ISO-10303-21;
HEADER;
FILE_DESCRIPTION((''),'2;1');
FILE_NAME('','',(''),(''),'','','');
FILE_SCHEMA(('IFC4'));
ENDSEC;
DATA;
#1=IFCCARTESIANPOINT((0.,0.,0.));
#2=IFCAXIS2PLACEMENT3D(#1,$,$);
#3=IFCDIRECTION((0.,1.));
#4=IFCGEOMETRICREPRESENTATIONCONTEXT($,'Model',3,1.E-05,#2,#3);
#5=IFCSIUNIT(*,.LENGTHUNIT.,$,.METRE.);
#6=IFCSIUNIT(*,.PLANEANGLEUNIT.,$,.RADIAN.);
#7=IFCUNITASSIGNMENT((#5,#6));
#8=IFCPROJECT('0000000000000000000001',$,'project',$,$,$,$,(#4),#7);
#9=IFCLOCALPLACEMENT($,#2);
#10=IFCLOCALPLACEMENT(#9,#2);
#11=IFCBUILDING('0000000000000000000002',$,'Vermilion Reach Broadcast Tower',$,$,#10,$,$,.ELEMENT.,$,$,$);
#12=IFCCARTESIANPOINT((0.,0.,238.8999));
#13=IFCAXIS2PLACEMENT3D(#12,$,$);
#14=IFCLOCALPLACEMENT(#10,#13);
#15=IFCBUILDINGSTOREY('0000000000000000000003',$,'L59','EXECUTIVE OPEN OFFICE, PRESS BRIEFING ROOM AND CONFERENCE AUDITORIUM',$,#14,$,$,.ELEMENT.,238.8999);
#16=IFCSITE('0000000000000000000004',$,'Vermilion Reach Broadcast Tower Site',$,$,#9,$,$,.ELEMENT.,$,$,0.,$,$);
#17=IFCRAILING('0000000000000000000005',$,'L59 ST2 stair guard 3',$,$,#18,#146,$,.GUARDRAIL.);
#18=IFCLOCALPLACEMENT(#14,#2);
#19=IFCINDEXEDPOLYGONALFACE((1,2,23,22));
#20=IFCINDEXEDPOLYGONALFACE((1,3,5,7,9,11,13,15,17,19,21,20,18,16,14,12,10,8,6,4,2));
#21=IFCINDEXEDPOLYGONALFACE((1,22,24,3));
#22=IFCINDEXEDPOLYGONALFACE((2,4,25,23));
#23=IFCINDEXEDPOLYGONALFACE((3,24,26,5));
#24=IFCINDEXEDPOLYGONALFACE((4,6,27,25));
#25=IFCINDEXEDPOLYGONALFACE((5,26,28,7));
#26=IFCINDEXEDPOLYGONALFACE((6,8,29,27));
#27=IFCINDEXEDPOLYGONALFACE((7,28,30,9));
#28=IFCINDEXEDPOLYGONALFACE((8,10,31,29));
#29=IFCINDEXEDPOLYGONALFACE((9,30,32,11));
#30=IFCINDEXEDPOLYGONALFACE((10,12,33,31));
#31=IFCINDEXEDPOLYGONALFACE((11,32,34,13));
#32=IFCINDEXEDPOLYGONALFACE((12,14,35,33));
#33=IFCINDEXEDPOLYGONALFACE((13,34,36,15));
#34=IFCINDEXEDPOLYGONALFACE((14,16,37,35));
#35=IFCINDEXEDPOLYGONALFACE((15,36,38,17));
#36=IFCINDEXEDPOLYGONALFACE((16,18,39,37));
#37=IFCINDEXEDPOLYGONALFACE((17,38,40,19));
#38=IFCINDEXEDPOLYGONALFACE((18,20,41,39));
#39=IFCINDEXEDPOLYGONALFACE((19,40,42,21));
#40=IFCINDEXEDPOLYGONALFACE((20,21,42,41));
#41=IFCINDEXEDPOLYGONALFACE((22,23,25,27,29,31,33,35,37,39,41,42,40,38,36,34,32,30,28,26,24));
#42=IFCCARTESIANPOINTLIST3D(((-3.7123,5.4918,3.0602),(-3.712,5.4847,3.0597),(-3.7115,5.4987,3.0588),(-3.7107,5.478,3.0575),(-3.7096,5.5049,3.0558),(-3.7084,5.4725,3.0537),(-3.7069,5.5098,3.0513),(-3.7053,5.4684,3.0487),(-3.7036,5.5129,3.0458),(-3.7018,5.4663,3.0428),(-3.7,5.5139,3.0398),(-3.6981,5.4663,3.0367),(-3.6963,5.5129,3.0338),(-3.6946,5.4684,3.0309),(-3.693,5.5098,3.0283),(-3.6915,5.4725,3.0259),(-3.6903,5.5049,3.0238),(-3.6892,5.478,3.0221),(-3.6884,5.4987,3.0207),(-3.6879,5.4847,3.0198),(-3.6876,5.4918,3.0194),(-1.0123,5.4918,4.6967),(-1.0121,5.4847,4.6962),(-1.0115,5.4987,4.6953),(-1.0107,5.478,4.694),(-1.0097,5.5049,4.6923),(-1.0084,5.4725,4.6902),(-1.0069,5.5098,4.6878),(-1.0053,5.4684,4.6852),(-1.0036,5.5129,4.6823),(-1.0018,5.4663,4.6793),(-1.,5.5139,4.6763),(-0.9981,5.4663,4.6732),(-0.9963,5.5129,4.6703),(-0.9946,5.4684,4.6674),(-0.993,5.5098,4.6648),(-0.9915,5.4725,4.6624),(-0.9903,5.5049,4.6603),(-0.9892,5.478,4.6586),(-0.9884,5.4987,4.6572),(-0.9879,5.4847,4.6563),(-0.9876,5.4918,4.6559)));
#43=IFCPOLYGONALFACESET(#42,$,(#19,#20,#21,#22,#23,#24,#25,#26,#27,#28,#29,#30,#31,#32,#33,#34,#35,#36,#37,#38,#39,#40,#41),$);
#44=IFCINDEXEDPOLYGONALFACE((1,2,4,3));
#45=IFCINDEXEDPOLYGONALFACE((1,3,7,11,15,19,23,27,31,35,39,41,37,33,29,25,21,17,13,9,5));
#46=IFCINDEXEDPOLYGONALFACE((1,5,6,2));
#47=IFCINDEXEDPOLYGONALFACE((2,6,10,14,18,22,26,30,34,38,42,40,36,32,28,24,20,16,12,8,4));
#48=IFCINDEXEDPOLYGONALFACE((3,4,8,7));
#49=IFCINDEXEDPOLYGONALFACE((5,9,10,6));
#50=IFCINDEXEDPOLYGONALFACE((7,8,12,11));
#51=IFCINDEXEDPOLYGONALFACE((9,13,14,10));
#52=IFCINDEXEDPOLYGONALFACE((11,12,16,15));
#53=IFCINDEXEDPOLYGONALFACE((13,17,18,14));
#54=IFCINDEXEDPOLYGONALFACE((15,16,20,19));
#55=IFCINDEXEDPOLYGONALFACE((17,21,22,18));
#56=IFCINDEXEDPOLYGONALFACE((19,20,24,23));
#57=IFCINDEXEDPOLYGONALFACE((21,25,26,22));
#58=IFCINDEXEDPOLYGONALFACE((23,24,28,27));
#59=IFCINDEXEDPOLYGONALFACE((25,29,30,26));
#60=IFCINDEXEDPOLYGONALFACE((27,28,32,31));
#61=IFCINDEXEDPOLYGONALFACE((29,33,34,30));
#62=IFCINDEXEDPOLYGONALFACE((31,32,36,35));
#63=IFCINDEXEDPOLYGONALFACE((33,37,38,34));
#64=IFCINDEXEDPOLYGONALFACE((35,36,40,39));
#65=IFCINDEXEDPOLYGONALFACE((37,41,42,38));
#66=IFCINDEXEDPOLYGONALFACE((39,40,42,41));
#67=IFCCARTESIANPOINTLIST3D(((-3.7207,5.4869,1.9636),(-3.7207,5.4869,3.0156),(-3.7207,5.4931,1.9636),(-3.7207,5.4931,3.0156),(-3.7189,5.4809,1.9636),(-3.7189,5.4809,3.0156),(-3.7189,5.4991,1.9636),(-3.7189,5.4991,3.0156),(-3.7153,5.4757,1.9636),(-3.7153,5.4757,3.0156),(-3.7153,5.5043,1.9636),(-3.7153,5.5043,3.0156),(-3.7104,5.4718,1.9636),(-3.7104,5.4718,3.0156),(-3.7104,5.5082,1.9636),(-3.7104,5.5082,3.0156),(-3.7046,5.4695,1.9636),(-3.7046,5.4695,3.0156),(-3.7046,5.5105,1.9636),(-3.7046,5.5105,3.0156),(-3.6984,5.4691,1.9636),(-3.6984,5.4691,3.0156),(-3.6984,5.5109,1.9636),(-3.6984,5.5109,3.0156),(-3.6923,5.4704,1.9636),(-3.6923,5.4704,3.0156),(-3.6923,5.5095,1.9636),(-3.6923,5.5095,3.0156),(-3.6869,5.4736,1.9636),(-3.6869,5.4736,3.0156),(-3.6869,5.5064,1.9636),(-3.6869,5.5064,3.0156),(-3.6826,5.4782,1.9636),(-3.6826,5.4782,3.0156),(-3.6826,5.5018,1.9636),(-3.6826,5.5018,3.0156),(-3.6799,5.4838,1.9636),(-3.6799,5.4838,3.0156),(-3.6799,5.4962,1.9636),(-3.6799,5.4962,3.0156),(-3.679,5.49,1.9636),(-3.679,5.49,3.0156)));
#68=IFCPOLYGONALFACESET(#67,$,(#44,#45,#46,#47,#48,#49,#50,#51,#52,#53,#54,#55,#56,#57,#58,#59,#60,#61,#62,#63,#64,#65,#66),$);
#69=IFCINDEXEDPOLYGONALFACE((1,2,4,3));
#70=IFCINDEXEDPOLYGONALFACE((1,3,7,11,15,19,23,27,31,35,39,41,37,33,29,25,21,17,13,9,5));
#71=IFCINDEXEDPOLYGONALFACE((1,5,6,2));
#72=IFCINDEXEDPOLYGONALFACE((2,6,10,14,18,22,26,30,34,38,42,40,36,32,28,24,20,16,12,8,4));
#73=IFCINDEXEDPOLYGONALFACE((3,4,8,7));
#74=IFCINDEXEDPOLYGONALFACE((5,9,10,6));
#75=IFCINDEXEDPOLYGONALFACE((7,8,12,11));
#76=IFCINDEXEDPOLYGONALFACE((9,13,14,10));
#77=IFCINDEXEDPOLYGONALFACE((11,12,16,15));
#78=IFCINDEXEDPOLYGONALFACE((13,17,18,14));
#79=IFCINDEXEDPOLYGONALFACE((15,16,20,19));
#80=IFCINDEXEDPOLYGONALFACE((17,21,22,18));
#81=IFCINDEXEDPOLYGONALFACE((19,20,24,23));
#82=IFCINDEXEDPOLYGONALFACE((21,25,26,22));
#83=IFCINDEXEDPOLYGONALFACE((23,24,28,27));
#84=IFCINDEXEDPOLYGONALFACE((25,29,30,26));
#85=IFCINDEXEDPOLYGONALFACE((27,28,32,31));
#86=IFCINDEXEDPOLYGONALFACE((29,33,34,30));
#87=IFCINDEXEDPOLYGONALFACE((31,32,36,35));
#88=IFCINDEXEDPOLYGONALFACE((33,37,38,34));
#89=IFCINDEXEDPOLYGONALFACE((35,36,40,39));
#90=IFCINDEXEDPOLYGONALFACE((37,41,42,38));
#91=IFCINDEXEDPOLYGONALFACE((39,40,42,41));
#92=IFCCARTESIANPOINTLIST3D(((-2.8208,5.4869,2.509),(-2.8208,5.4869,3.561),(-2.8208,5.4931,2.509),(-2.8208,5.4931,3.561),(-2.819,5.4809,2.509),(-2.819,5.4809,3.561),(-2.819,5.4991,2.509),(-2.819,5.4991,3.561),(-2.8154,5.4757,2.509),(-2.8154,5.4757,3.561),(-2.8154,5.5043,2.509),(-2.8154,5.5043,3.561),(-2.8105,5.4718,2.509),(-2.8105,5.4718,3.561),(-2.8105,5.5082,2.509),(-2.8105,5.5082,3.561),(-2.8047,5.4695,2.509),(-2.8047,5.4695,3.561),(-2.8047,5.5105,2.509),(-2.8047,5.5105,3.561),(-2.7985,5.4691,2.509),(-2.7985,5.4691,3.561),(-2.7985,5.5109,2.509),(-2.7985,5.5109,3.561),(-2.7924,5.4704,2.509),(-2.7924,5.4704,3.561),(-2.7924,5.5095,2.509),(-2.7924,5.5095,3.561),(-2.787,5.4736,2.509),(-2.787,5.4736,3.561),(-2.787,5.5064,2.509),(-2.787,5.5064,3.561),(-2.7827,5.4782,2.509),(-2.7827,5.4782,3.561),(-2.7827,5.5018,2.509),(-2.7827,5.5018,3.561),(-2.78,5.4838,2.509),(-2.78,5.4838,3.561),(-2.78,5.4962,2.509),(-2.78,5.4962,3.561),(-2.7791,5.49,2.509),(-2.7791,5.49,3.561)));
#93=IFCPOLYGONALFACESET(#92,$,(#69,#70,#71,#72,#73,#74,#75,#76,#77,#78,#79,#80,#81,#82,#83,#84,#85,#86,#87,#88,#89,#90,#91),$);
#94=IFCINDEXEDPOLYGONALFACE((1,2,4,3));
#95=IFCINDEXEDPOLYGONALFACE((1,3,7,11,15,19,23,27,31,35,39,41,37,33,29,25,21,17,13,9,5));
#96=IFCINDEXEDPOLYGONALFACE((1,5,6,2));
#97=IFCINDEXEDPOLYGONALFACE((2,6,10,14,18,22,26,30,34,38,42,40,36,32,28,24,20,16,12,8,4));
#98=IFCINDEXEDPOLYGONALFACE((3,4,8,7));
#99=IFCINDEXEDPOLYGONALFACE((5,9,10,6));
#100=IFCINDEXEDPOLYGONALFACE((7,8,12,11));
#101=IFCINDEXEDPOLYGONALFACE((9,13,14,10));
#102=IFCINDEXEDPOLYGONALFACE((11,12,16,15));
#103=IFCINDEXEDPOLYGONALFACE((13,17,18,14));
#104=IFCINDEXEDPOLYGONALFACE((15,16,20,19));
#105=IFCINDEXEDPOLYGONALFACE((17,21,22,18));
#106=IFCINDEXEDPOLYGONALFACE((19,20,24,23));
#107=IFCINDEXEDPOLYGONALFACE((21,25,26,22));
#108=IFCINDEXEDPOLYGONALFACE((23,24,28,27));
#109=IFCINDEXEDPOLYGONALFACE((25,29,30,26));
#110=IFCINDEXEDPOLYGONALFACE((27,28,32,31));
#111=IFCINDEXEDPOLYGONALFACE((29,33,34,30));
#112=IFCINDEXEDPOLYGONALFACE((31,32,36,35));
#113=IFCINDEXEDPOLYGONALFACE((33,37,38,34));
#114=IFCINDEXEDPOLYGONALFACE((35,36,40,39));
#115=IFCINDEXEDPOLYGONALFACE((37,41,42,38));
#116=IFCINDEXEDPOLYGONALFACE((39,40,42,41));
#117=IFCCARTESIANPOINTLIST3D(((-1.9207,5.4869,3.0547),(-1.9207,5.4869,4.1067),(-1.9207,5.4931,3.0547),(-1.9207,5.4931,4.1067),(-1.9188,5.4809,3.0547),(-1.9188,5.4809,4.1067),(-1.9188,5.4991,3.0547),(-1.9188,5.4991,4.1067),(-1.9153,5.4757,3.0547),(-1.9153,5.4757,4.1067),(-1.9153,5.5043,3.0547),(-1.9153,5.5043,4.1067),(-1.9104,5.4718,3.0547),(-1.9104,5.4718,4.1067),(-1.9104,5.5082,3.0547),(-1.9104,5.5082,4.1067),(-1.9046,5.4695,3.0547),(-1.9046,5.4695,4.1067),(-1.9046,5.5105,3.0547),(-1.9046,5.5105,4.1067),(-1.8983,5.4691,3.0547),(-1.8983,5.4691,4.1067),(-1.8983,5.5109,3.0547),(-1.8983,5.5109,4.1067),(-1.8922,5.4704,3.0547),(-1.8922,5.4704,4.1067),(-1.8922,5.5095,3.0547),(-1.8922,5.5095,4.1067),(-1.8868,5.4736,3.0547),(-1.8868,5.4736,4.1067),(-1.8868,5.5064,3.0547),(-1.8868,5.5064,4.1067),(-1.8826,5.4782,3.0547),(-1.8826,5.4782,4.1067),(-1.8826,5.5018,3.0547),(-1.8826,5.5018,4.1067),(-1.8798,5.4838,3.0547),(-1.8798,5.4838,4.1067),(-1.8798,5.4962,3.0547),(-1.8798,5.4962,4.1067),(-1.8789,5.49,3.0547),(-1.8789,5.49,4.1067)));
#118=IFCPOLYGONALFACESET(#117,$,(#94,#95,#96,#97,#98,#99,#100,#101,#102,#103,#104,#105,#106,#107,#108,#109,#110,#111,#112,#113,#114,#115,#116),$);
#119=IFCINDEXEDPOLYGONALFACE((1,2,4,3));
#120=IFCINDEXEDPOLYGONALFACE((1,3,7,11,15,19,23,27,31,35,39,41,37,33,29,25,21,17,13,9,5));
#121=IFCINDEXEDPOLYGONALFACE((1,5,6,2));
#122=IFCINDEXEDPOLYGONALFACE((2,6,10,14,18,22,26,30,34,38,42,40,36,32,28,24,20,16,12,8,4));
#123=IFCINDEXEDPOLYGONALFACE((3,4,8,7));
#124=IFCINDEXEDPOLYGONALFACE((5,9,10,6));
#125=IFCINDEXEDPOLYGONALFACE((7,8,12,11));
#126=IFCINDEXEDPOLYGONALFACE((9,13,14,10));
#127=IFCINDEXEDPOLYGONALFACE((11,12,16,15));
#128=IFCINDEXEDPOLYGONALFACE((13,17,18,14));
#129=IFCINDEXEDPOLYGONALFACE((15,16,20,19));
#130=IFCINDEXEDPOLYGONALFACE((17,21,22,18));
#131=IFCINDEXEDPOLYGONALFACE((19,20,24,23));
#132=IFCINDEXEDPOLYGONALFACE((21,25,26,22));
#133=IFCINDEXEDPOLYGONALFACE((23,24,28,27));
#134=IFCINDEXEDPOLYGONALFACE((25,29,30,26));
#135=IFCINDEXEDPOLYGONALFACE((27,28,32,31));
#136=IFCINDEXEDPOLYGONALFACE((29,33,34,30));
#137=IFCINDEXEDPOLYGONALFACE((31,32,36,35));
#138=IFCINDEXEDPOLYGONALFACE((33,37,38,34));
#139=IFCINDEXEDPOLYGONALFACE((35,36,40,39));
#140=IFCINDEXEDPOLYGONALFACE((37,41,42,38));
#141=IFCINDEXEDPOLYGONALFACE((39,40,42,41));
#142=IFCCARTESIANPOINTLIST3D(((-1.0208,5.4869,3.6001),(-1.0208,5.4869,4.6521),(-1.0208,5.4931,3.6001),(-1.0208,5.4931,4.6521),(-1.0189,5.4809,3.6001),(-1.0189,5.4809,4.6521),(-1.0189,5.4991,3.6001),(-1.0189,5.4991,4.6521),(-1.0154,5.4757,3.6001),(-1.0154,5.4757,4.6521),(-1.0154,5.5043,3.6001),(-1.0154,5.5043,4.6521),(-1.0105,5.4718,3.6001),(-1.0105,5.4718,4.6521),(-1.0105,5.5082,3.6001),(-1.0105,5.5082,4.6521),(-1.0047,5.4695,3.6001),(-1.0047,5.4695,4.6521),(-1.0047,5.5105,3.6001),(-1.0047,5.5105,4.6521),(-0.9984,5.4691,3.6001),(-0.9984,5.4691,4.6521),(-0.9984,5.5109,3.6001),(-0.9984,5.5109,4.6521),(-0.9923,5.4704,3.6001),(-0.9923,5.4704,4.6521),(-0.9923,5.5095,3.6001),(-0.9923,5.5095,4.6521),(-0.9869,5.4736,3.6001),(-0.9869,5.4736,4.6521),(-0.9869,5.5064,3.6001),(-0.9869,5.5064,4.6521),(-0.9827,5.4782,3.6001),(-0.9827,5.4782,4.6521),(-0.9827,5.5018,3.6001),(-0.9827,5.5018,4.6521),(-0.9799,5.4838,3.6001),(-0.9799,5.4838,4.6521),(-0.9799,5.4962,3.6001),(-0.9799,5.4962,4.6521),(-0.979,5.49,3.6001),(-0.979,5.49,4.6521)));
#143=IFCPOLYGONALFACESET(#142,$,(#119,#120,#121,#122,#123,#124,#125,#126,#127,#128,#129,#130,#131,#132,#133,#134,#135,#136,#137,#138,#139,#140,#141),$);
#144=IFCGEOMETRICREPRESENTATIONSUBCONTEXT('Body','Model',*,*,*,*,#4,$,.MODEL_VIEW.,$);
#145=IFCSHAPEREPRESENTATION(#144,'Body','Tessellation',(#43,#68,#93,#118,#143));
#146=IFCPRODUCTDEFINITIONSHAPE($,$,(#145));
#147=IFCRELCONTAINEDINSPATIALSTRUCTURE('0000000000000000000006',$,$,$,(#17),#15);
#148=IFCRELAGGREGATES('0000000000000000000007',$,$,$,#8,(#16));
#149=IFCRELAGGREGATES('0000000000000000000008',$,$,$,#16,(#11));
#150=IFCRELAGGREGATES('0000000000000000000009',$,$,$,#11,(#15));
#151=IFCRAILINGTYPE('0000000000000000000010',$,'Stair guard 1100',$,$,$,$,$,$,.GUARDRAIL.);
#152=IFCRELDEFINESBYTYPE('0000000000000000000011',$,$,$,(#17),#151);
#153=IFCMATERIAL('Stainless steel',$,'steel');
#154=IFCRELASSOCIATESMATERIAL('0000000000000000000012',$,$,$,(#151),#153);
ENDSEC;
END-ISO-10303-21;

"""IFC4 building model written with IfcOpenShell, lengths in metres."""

from ifc_helpers import new_model, si_unit, direction, frame, origin, origin_2d, place, context, subcontext, project, spatial, circle, extrude, material, type_object, element, save


model = new_model("IFC4")

# Units and contexts
model_context = context("Model", 3, precision=1e-05, world=origin(), true_north=direction((0.0, 1.0)))
body_context = subcontext(model_context, "Body", "Model", "MODEL_VIEW")
ifc_project = project(units=[si_unit("LENGTHUNIT", "METRE"), si_unit("PLANEANGLEUNIT", "RADIAN")], contexts=[model_context])

# Site, building, storey
site_placement = place(None, origin())
site = spatial("IfcSite", under=ifc_project, at=site_placement, Name="Vermilion Reach Broadcast Tower Site", CompositionType="ELEMENT", RefElevation=0.0)
building_placement = place(site_placement, origin())
building = spatial("IfcBuilding", under=site, at=building_placement, Name="Vermilion Reach Broadcast Tower", CompositionType="ELEMENT")
storey_placement = place(building_placement, frame((0.0, 0.0, 238.8999)))
storey = spatial("IfcBuildingStorey", under=building, at=storey_placement, Name="L59", Description="EXECUTIVE OPEN OFFICE, PRESS BRIEFING ROOM AND CONFERENCE AUDITORIUM", CompositionType="ELEMENT", Elevation=238.8999)

# Railing
ifc_material_1 = material(Name="Stainless steel", Category="steel")
railing_type_1 = type_object("IfcRailingType", Name="Stair guard 1100", PredefinedType="GUARDRAIL", material=ifc_material_1)
railing_1_placement = place(storey_placement, frame((-3.7, 5.49, 1.9636)))
element("IfcRailing", 1, at=railing_1_placement, inside=storey, type_object=railing_type_1, Name="L59 ST2 stair guard 3", PredefinedType="GUARDRAIL", context=body_context, shape_type="SweptSolid", body=[
    extrude(circle(Radius=0.0239, at=origin_2d()), frame((0.0, 0.0, 1.0762), z_axis=(0.855178, 0.0, 0.518334), x_axis=(0.0, 1.0, 0.0)), (0.0, 0.0, 1.0), 3.1572),
    extrude(circle(Radius=0.021, at=origin_2d()), origin(), (0.0, 0.0, 1.0), 1.052),
    extrude(circle(Radius=0.021, at=origin_2d()), frame((0.8999, 0.0, 0.5454)), (0.0, 0.0, 1.0), 1.052),
    extrude(circle(Radius=0.021, at=origin_2d()), frame((1.8, 0.0, 1.0911)), (0.0, 0.0, 1.0), 1.052),
    extrude(circle(Radius=0.021, at=origin_2d()), frame((2.7, 0.0, 1.6365)), (0.0, 0.0, 1.0), 1.052),
])

save(model, "model.ifc")
